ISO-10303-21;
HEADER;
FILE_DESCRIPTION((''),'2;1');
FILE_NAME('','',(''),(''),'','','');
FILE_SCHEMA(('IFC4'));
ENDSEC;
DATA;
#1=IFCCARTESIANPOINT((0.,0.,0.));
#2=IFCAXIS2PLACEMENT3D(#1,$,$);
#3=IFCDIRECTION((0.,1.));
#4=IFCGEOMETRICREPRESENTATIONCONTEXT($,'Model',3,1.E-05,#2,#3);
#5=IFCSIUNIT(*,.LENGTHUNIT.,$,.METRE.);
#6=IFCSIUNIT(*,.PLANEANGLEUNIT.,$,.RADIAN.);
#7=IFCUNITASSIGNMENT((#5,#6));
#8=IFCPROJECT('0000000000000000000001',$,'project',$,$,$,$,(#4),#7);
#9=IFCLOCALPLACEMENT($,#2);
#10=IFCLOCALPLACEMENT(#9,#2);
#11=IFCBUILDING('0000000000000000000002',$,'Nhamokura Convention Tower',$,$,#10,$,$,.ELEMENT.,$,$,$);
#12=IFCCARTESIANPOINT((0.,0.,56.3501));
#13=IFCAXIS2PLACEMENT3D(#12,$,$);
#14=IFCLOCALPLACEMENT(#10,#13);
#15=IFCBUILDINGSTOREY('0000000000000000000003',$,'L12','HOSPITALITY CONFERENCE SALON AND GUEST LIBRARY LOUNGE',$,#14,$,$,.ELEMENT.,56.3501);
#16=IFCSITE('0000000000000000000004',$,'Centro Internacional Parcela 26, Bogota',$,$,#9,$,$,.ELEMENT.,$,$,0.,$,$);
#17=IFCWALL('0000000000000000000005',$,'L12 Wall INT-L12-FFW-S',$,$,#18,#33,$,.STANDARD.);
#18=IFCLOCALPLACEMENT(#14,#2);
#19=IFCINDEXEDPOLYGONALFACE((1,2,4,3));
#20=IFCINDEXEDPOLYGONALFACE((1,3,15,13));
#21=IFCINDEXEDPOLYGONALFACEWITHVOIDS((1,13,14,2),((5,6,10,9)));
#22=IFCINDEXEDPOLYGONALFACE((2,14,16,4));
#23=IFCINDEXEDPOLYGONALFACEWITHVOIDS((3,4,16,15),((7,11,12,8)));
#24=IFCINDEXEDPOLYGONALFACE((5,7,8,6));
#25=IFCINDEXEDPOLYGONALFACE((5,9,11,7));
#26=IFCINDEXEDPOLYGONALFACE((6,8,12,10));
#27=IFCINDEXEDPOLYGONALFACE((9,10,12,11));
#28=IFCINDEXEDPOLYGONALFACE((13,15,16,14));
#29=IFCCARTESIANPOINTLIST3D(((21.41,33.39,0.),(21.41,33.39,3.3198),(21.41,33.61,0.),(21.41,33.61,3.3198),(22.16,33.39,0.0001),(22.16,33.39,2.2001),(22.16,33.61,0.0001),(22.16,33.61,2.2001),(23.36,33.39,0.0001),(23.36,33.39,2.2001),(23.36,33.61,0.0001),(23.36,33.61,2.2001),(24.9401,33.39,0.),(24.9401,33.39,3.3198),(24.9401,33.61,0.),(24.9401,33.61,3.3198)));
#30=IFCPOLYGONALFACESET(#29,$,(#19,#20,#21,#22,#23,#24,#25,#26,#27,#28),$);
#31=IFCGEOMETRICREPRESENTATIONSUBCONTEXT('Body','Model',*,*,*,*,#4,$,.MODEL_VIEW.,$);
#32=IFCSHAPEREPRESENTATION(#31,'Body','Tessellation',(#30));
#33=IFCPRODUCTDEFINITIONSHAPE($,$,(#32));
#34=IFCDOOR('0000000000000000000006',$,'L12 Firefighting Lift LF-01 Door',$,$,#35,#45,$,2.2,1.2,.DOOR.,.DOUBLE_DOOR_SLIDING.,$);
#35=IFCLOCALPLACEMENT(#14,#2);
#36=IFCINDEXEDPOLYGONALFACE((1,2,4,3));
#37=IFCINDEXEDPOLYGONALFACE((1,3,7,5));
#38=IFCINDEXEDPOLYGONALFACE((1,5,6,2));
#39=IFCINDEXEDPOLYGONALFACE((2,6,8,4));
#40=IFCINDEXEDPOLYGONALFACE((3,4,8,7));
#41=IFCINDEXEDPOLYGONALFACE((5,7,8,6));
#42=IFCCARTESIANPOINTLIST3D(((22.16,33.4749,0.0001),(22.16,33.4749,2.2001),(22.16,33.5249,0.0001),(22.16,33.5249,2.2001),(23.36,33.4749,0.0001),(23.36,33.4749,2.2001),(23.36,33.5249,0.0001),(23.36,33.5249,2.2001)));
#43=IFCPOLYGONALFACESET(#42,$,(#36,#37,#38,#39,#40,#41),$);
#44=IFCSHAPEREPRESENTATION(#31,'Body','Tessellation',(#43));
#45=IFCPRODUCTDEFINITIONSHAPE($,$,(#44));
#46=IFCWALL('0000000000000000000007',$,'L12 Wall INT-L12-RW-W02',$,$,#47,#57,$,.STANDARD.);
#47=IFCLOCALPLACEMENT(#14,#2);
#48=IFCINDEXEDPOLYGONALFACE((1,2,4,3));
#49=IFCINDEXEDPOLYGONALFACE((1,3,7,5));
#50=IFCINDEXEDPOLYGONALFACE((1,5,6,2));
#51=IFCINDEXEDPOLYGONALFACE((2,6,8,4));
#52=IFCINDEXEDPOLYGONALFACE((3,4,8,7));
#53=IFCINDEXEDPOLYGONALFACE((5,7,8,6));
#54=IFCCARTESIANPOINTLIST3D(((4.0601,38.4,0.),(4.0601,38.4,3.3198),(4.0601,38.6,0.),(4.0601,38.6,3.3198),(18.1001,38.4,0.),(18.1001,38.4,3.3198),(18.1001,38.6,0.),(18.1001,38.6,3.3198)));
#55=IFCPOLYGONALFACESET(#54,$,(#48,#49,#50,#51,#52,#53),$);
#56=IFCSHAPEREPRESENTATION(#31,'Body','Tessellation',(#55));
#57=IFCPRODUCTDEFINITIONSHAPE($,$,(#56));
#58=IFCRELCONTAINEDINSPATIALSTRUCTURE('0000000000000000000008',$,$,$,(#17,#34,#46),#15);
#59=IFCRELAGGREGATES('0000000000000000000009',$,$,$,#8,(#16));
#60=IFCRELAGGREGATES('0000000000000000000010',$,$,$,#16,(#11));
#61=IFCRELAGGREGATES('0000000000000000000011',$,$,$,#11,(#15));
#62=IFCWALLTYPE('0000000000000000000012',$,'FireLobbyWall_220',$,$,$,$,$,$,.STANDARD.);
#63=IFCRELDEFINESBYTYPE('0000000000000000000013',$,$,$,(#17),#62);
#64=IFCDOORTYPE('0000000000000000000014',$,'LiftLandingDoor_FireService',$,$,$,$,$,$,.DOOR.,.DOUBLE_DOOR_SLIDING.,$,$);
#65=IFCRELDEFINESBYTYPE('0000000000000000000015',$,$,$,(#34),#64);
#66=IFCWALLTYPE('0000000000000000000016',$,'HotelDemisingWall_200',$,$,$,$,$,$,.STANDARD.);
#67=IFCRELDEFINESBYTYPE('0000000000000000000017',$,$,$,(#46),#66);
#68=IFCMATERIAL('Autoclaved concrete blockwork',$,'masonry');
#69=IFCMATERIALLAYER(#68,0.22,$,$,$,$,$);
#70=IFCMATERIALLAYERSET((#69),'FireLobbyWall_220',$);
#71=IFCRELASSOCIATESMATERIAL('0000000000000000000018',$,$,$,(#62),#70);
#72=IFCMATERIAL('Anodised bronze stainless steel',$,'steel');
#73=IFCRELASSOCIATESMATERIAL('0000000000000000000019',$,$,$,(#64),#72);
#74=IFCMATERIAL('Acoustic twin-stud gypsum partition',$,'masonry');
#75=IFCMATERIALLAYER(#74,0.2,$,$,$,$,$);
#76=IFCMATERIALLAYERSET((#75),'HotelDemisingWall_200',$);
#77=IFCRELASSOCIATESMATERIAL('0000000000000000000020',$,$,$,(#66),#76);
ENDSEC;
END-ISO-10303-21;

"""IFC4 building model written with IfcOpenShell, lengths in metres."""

from ifc_helpers import new_model, si_unit, direction, frame, frame_2d, origin, place, context, subcontext, project, spatial, rectangle, extrude, material, layer, layer_set, type_object, element, fill, save


model = new_model("IFC4")

# Units and contexts
model_context = context("Model", 3, precision=1e-05, world=origin(), true_north=direction((0.0, 1.0)))
body_context = subcontext(model_context, "Body", "Model", "MODEL_VIEW")
ifc_project = project(units=[si_unit("LENGTHUNIT", "METRE"), si_unit("PLANEANGLEUNIT", "RADIAN")], contexts=[model_context])

# Site, building, storey
site_placement = place(None, origin())
site = spatial("IfcSite", under=ifc_project, at=site_placement, Name="Centro Internacional Parcela 26, Bogota", CompositionType="ELEMENT", RefElevation=0.0)
building_placement = place(site_placement, origin())
building = spatial("IfcBuilding", under=site, at=building_placement, Name="Nhamokura Convention Tower", CompositionType="ELEMENT")
storey_placement = place(building_placement, frame((0.0, 0.0, 56.3501)))
storey = spatial("IfcBuildingStorey", under=building, at=storey_placement, Name="L12", Description="HOSPITALITY CONFERENCE SALON AND GUEST LIBRARY LOUNGE", CompositionType="ELEMENT", Elevation=56.3501)

# Wall, opening, door
ifc_material_1 = material(Name="Autoclaved concrete blockwork", Category="masonry")
ifc_layer_1 = layer(ifc_material_1, 0.22)
ifc_layer_set_1 = layer_set([ifc_layer_1], Name="FireLobbyWall_220")
wall_type_1 = type_object("IfcWallType", Name="FireLobbyWall_220", PredefinedType="STANDARD", material=ifc_layer_set_1)
wall_1_placement = place(storey_placement, frame((21.4099, 33.5, 0.0), z_axis=(0.0, 0.0, 1.0), x_axis=(1.0, 0.0, 0.0)))
wall_1 = element("IfcWall", 1, at=wall_1_placement, inside=storey, type_object=wall_type_1, Name="L12 Wall INT-L12-FFW-S", PredefinedType="STANDARD", context=body_context, shape_type="SweptSolid", body=[
    extrude(rectangle(XDim=3.53, YDim=0.22, at=frame_2d((1.7651, 0.0))), origin(), (0.0, 0.0, 1.0), 3.3198),
])
opening_1_placement = place(wall_1_placement, frame((0.75, 0.0, 0.0)))
opening_1 = element("IfcOpeningElement", 2, at=opening_1_placement, cuts=wall_1, PredefinedType="OPENING", context=body_context, shape_type="SweptSolid", body=[
    extrude(rectangle(XDim=1.2, YDim=2.2, at=frame_2d((0.6001, 1.1001))), frame((0.0, 0.1199, 0.0), z_axis=(0.0, -1.0, 0.0), x_axis=(1.0, 0.0, 0.0)), (0.0, 0.0, 1.0), 0.24),
])
ifc_material_2 = material(Name="Anodised bronze stainless steel", Category="steel")
door_type_1 = type_object("IfcDoorType", Name="LiftLandingDoor_FireService", OperationType="DOUBLE_DOOR_SLIDING", PredefinedType="DOOR", material=ifc_material_2)
door_1_placement = place(opening_1_placement, origin())
door_1 = element("IfcDoor", 3, at=door_1_placement, inside=storey, type_object=door_type_1, Name="L12 Firefighting Lift LF-01 Door", OperationType="DOUBLE_DOOR_SLIDING", OverallHeight=2.2, OverallWidth=1.2, PredefinedType="DOOR", context=body_context, shape_type="SweptSolid", body=[
    extrude(rectangle(XDim=1.2, YDim=2.2, at=frame_2d((0.6001, 1.1001))), frame((0.0, 0.0249, 0.0), z_axis=(0.0, -1.0, 0.0), x_axis=(1.0, 0.0, 0.0)), (0.0, 0.0, 1.0), 0.05),
])
fill(opening_1, door_1)

# Wall
ifc_material_3 = material(Name="Acoustic twin-stud gypsum partition", Category="masonry")
ifc_layer_2 = layer(ifc_material_3, 0.2)
ifc_layer_set_2 = layer_set([ifc_layer_2], Name="HotelDemisingWall_200")
wall_type_2 = type_object("IfcWallType", Name="HotelDemisingWall_200", PredefinedType="STANDARD", material=ifc_layer_set_2)
wall_2_placement = place(storey_placement, frame((4.0601, 38.5, 0.0), z_axis=(0.0, 0.0, 1.0), x_axis=(1.0, 0.0, 0.0)))
element("IfcWall", 4, at=wall_2_placement, inside=storey, type_object=wall_type_2, Name="L12 Wall INT-L12-RW-W02", PredefinedType="STANDARD", context=body_context, shape_type="SweptSolid", body=[
    extrude(rectangle(XDim=14.04, YDim=0.2, at=frame_2d((7.02, 0.0))), origin(), (0.0, 0.0, 1.0), 3.3198),
])

save(model, "model.ifc")
